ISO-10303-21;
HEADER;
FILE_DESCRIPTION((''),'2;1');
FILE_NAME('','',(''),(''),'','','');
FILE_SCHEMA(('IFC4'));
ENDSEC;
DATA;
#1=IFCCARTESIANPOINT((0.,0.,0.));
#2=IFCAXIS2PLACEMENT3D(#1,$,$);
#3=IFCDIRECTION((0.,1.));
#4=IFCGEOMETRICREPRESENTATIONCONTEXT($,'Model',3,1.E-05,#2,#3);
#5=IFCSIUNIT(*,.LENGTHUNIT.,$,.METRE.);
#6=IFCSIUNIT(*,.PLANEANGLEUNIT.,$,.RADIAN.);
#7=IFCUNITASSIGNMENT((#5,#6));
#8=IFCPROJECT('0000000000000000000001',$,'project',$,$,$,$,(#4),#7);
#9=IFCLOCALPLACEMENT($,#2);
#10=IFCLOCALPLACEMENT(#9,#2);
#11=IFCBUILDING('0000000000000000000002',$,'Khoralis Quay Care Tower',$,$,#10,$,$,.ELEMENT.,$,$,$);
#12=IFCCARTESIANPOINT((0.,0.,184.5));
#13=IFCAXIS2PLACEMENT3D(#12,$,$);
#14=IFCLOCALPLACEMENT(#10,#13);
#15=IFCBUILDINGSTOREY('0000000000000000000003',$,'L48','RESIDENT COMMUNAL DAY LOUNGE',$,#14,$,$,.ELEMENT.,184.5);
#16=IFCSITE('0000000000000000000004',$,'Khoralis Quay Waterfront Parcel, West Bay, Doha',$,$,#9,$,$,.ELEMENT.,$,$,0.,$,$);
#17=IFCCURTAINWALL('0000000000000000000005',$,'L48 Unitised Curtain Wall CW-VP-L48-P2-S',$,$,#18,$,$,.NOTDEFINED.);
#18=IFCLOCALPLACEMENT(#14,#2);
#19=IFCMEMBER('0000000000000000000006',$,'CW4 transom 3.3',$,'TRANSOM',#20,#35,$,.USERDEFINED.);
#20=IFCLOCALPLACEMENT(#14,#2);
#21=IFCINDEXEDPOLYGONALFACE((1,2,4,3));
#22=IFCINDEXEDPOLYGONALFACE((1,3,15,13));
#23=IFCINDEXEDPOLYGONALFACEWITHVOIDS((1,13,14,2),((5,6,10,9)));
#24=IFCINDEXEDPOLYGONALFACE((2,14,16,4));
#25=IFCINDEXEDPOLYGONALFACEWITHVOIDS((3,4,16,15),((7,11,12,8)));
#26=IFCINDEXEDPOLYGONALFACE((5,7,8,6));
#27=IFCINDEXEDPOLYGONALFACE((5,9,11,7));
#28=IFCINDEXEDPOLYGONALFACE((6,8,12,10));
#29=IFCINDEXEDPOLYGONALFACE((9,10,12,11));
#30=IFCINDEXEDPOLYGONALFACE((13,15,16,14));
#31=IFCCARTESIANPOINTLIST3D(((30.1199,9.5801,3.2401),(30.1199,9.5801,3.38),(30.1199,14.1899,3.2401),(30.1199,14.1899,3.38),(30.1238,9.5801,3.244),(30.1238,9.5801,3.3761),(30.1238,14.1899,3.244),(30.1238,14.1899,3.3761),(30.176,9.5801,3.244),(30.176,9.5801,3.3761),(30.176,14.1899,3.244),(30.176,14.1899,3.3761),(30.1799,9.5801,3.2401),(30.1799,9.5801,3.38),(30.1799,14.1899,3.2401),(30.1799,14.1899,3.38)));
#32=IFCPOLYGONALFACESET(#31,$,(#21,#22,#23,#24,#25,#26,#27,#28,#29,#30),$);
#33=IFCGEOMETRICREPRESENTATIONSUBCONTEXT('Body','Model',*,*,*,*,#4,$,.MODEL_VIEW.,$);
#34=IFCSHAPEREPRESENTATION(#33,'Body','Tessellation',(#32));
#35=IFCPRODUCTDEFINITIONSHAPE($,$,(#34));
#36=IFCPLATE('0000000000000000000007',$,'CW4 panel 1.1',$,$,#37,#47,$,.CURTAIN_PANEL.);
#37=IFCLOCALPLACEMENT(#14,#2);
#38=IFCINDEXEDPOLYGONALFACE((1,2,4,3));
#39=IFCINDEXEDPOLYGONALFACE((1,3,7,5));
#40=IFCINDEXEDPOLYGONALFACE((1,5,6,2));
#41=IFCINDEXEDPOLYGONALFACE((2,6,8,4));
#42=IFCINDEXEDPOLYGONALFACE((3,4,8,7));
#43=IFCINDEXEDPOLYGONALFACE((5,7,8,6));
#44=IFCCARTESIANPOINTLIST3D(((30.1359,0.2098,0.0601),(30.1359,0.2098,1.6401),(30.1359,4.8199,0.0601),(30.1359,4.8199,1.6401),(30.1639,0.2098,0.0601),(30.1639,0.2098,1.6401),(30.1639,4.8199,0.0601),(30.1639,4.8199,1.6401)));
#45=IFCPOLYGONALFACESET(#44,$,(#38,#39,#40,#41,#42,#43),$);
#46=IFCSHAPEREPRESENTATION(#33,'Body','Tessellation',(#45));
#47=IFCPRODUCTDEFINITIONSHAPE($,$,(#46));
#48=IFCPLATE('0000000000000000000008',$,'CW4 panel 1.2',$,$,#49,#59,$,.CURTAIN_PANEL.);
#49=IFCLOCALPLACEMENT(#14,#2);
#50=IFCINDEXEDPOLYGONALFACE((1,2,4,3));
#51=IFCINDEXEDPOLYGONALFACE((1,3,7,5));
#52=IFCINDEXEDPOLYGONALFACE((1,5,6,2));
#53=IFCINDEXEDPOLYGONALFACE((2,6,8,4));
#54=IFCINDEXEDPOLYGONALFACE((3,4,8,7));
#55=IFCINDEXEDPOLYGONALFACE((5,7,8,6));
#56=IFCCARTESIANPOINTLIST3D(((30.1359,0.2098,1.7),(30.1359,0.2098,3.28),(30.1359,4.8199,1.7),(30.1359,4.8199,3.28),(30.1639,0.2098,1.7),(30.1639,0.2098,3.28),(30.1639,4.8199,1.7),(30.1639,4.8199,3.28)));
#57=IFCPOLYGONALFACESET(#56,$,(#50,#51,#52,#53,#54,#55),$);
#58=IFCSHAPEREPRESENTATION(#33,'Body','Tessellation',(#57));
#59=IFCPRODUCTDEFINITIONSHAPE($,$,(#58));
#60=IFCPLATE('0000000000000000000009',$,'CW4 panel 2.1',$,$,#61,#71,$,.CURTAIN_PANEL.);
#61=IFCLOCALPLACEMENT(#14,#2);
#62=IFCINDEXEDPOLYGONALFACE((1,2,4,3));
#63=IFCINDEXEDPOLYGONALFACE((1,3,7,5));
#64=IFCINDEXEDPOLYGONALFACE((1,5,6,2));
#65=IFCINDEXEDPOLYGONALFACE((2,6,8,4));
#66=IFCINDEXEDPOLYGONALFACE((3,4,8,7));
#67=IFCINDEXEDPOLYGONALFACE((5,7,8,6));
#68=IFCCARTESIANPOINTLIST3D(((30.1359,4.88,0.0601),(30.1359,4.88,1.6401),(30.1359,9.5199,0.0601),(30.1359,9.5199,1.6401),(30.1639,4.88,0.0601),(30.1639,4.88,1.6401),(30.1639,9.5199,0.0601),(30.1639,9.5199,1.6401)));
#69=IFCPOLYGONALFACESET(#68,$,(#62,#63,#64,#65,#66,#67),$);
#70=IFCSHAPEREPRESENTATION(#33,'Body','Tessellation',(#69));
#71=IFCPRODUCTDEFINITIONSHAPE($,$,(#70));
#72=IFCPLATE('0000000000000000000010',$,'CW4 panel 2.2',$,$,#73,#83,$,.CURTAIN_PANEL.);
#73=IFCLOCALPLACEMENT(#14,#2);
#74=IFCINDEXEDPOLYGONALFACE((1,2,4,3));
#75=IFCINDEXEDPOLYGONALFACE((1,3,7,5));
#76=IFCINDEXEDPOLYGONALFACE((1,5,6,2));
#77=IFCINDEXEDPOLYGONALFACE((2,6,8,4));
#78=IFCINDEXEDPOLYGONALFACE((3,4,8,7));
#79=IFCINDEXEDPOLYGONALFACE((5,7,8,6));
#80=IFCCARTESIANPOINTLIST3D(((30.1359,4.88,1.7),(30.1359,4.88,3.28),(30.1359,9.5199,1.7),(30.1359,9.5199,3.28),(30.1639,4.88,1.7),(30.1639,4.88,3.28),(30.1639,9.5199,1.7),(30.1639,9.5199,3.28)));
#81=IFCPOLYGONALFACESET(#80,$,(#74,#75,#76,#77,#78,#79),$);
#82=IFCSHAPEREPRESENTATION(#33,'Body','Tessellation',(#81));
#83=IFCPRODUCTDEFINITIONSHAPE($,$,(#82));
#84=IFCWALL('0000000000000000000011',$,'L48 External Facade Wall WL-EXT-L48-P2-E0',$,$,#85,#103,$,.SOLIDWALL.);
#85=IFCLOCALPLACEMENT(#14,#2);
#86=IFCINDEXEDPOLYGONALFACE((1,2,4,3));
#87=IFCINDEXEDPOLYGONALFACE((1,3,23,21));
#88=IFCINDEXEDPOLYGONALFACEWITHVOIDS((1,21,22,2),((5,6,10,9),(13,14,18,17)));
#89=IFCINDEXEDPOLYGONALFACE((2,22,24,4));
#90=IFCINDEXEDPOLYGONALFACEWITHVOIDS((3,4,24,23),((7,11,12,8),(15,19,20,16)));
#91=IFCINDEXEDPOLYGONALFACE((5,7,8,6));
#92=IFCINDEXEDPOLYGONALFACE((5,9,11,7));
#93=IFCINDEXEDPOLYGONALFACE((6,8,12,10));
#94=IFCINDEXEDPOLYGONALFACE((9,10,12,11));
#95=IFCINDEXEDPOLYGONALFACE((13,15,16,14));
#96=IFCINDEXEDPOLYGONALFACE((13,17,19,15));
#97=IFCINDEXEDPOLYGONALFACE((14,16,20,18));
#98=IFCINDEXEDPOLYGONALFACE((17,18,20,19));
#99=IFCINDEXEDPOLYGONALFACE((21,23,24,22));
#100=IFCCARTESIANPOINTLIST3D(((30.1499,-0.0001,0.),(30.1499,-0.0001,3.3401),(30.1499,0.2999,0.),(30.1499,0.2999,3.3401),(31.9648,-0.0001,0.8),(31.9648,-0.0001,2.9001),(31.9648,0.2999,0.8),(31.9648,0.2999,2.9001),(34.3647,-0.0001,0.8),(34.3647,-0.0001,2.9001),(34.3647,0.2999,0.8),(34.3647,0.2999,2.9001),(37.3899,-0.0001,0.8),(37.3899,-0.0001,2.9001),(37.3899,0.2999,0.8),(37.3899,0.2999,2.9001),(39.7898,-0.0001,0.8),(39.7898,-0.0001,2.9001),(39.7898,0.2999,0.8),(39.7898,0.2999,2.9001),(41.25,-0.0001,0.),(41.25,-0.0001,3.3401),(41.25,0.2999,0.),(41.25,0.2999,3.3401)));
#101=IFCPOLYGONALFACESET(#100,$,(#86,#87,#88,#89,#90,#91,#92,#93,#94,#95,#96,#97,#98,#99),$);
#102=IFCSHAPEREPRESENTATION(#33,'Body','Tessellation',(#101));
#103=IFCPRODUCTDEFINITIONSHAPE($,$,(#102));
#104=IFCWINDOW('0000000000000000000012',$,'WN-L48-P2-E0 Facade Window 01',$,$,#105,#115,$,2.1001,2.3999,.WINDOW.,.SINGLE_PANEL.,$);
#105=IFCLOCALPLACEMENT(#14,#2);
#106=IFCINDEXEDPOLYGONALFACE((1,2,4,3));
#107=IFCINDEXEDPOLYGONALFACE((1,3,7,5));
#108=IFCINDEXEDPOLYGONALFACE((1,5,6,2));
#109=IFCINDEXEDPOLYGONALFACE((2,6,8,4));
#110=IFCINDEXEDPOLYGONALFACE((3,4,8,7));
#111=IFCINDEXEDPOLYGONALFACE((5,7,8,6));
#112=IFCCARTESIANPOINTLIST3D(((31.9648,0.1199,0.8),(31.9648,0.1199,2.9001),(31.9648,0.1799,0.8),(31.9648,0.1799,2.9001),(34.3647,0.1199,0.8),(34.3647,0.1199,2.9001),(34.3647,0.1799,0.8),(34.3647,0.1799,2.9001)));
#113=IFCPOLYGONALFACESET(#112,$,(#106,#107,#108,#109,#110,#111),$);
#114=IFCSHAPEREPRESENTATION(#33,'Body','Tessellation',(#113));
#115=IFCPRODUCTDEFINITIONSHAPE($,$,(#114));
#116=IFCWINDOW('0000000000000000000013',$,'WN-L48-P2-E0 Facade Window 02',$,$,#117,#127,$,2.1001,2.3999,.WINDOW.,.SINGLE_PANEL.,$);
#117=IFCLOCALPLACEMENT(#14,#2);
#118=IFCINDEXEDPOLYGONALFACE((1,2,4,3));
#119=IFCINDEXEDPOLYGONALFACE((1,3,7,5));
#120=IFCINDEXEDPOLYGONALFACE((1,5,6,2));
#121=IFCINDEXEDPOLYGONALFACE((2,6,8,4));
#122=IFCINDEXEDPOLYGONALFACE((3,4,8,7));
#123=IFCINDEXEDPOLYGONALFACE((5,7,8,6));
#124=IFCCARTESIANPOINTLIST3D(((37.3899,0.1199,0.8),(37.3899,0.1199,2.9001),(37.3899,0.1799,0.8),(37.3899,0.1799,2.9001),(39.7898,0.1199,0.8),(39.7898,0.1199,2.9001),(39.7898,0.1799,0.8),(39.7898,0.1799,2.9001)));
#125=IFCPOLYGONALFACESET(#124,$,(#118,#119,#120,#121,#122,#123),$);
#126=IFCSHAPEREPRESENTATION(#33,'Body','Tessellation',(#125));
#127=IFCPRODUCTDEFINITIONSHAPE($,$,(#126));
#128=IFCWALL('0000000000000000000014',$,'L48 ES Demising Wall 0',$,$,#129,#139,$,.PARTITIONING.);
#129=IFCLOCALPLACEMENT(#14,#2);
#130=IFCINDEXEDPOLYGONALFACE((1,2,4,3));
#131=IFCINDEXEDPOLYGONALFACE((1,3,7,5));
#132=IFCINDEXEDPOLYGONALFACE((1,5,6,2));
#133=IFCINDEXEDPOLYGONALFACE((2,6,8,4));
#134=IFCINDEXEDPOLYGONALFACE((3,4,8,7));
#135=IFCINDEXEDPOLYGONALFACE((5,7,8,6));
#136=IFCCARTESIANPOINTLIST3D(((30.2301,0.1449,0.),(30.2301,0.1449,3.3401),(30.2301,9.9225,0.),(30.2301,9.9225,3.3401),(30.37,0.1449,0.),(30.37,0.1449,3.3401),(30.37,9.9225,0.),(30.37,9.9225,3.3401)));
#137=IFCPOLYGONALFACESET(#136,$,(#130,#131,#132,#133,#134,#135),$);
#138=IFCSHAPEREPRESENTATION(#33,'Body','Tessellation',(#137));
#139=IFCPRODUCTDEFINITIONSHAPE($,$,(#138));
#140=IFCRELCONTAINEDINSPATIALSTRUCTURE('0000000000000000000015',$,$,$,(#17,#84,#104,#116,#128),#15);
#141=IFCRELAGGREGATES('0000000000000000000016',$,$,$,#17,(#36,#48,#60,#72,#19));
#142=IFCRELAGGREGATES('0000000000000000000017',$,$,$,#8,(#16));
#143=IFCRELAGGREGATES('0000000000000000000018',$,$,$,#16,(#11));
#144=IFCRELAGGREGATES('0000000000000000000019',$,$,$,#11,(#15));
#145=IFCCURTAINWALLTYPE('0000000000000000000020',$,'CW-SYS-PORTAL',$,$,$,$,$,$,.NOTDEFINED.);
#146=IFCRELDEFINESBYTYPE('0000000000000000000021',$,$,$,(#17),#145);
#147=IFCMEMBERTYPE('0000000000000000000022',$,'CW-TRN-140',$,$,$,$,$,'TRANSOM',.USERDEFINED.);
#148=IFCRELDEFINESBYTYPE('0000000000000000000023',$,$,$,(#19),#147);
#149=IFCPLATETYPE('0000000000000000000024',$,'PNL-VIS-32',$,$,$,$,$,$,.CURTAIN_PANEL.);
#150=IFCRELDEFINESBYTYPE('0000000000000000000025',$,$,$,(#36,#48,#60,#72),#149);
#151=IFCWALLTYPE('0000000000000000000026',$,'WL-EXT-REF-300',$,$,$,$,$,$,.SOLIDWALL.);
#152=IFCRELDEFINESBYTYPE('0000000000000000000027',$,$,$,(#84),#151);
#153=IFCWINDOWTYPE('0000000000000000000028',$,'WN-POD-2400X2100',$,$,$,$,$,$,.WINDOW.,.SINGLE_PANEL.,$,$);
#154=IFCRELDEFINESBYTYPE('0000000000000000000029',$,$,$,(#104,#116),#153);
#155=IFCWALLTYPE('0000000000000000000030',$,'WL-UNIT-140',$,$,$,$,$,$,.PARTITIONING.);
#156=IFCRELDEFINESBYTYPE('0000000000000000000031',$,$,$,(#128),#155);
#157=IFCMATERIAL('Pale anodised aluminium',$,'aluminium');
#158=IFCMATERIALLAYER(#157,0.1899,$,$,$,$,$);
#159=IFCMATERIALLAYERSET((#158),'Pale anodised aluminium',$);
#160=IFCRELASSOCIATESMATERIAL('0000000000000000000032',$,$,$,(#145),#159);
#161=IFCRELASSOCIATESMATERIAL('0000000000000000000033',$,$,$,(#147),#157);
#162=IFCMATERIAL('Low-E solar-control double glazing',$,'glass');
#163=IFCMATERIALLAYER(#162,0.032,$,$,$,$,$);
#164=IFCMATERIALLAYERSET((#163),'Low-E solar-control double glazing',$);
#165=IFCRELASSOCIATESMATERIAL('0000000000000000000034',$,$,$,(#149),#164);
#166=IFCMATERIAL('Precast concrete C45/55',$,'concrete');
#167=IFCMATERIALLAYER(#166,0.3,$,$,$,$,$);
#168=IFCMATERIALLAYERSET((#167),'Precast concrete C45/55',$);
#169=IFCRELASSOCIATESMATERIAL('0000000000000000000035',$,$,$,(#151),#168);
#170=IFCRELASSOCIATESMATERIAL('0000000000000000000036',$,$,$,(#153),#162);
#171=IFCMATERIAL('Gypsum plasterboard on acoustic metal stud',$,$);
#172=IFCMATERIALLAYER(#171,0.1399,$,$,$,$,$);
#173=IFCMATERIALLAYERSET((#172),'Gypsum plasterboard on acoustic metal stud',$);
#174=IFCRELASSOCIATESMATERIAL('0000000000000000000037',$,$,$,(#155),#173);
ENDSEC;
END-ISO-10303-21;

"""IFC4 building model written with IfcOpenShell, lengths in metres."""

from ifc_helpers import new_model, si_unit, direction, frame, frame_2d, origin, origin_2d, place, context, subcontext, project, spatial, rectangle, hollow_rectangle, extrude, source, transform, mapped, material, layer, layer_set, material_profile, profile_set, type_object, element, fill, aggregate, save


model = new_model("IFC4")

# Units and contexts
model_context = context("Model", 3, precision=1e-05, world=origin(), true_north=direction((0.0, 1.0)))
body_context = subcontext(model_context, "Body", "Model", "MODEL_VIEW")
ifc_project = project(units=[si_unit("LENGTHUNIT", "METRE"), si_unit("PLANEANGLEUNIT", "RADIAN")], contexts=[model_context])

# Site, building, storey
site_placement = place(None, origin())
site = spatial("IfcSite", under=ifc_project, at=site_placement, Name="Khoralis Quay Waterfront Parcel, West Bay, Doha", CompositionType="ELEMENT", RefElevation=0.0)
building_placement = place(site_placement, origin())
building = spatial("IfcBuilding", under=site, at=building_placement, Name="Khoralis Quay Care Tower", CompositionType="ELEMENT")
storey_placement = place(building_placement, frame((0.0, 0.0, 184.5)))
storey = spatial("IfcBuildingStorey", under=building, at=storey_placement, Name="L48", Description="RESIDENT COMMUNAL DAY LOUNGE", CompositionType="ELEMENT", Elevation=184.5)

# Curtain wall, member, plates
ifc_material_1 = material(Name="Pale anodised aluminium", Category="aluminium")
ifc_layer_1 = layer(ifc_material_1, 0.1899)
ifc_layer_set_1 = layer_set([ifc_layer_1], Name="Pale anodised aluminium")
curtain_wall_type = type_object("IfcCurtainWallType", Name="CW-SYS-PORTAL", PredefinedType="NOTDEFINED", material=ifc_layer_set_1)
curtain_wall_placement = place(storey_placement, origin())
curtain_wall = element("IfcCurtainWall", 1, at=curtain_wall_placement, inside=storey, type_object=curtain_wall_type, Name="L48 Unitised Curtain Wall CW-VP-L48-P2-S", PredefinedType="NOTDEFINED")
ifc_material_profile_1 = material_profile(ifc_material_1, hollow_rectangle(XDim=0.0601, YDim=0.1399, WallThickness=0.0039, at=origin_2d()), Name="Pale anodised aluminium")
ifc_profile_set_1 = profile_set([ifc_material_profile_1], Name="Pale anodised aluminium")
member_type_1 = type_object("IfcMemberType", Name="CW-TRN-140", ElementType="TRANSOM", PredefinedType="USERDEFINED", material=ifc_profile_set_1)
shared_shape_1 = source(origin(), body_context, "Body", "SweptSolid", [
    extrude(hollow_rectangle(XDim=0.0601, YDim=0.1399, WallThickness=0.0039, at=origin_2d()), origin(), (0.0, 0.0, 1.0), 4.6099),
])
member_1_placement = place(storey_placement, frame((30.1499, 9.5801, 3.3101), z_axis=(0.0, 1.0, 0.0), x_axis=(-1.0, 0.0, 0.0)))
member_1 = element("IfcMember", 2, at=member_1_placement, type_object=member_type_1, Name="CW4 transom 3.3", ObjectType="TRANSOM", PredefinedType="USERDEFINED", context=body_context, shape_type="MappedRepresentation", body=[
    mapped(shared_shape_1, transform((0.0, 0.0, 0.0), scale=1.0)),
])
ifc_material_2 = material(Name="Low-E solar-control double glazing", Category="glass")
ifc_layer_2 = layer(ifc_material_2, 0.032)
ifc_layer_set_2 = layer_set([ifc_layer_2], Name="Low-E solar-control double glazing")
plate_type = type_object("IfcPlateType", Name="PNL-VIS-32", PredefinedType="CURTAIN_PANEL", material=ifc_layer_set_2)
shared_shape_2 = source(origin(), body_context, "Body", "SweptSolid", [
    extrude(rectangle(XDim=4.6101, YDim=0.0281, at=origin_2d()), origin(), (0.0, 0.0, 1.0), 1.5801),
])
plate_1_placement = place(storey_placement, frame((30.1499, 2.5149, 0.0601), z_axis=(0.0, 0.0, 1.0), x_axis=(0.0, 1.0, 0.0)))
plate_1 = element("IfcPlate", 3, at=plate_1_placement, type_object=plate_type, Name="CW4 panel 1.1", PredefinedType="CURTAIN_PANEL", context=body_context, shape_type="MappedRepresentation", body=[
    mapped(shared_shape_2, transform((0.0, 0.0, 0.0), scale=1.0)),
])
plate_2_placement = place(storey_placement, frame((30.1499, 2.5149, 1.7), z_axis=(0.0, 0.0, 1.0), x_axis=(0.0, 1.0, 0.0)))
plate_2 = element("IfcPlate", 4, at=plate_2_placement, type_object=plate_type, Name="CW4 panel 1.2", PredefinedType="CURTAIN_PANEL", context=body_context, shape_type="MappedRepresentation", body=[
    mapped(shared_shape_2, transform((0.0, 0.0, 0.0), scale=1.0)),
])
shared_shape_3 = source(origin(), body_context, "Body", "SweptSolid", [
    extrude(rectangle(XDim=4.6399, YDim=0.0281, at=origin_2d()), origin(), (0.0, 0.0, 1.0), 1.5801),
])
plate_3_placement = place(storey_placement, frame((30.1499, 7.2, 0.0601), z_axis=(0.0, 0.0, 1.0), x_axis=(0.0, 1.0, 0.0)))
plate_3 = element("IfcPlate", 5, at=plate_3_placement, type_object=plate_type, Name="CW4 panel 2.1", PredefinedType="CURTAIN_PANEL", context=body_context, shape_type="MappedRepresentation", body=[
    mapped(shared_shape_3, transform((0.0, 0.0, 0.0), scale=1.0)),
])
plate_4_placement = place(storey_placement, frame((30.1499, 7.2, 1.7), z_axis=(0.0, 0.0, 1.0), x_axis=(0.0, 1.0, 0.0)))
plate_4 = element("IfcPlate", 6, at=plate_4_placement, type_object=plate_type, Name="CW4 panel 2.2", PredefinedType="CURTAIN_PANEL", context=body_context, shape_type="MappedRepresentation", body=[
    mapped(shared_shape_3, transform((0.0, 0.0, 0.0), scale=1.0)),
])
aggregate(curtain_wall, [plate_1, plate_2, plate_3, plate_4, member_1])

# Wall, openings, windows
ifc_material_3 = material(Name="Precast concrete C45/55", Category="concrete")
ifc_layer_3 = layer(ifc_material_3, 0.3)
ifc_layer_set_3 = layer_set([ifc_layer_3], Name="Precast concrete C45/55")
wall_type_1 = type_object("IfcWallType", Name="WL-EXT-REF-300", PredefinedType="SOLIDWALL", material=ifc_layer_set_3)
wall_1_placement = place(storey_placement, frame((30.1499, 0.1499, 0.0), z_axis=(0.0, 0.0, 1.0), x_axis=(1.0, 0.0, 0.0)))
wall_1 = element("IfcWall", 7, at=wall_1_placement, inside=storey, type_object=wall_type_1, Name="L48 External Facade Wall WL-EXT-L48-P2-E0", PredefinedType="SOLIDWALL", context=body_context, shape_type="SweptSolid", body=[
    extrude(rectangle(XDim=11.1001, YDim=0.3, at=frame_2d((5.55, 0.0))), origin(), (0.0, 0.0, 1.0), 3.3401),
])
opening_1_placement = place(wall_1_placement, frame((1.8149, 0.0, 0.8)))
opening_1 = element("IfcOpeningElement", 8, at=opening_1_placement, cuts=wall_1, PredefinedType="OPENING", context=body_context, shape_type="SweptSolid", body=[
    extrude(rectangle(XDim=2.3999, YDim=2.1001, at=frame_2d((1.2, 1.05))), frame((0.0, 0.1602, 0.0), z_axis=(0.0, -1.0, 0.0), x_axis=(1.0, 0.0, 0.0)), (0.0, 0.0, 1.0), 0.3201),
])
opening_2_placement = place(wall_1_placement, frame((7.24, 0.0, 0.8)))
opening_2 = element("IfcOpeningElement", 9, at=opening_2_placement, cuts=wall_1, PredefinedType="OPENING", context=body_context, shape_type="SweptSolid", body=[
    extrude(rectangle(XDim=2.3999, YDim=2.1001, at=frame_2d((1.2, 1.05))), frame((0.0, 0.1602, 0.0), z_axis=(0.0, -1.0, 0.0), x_axis=(1.0, 0.0, 0.0)), (0.0, 0.0, 1.0), 0.3201),
])
window_type = type_object("IfcWindowType", Name="WN-POD-2400X2100", PartitioningType="SINGLE_PANEL", PredefinedType="WINDOW", material=ifc_material_2)
shared_shape_4 = source(origin(), body_context, "Body", "SweptSolid", [
    extrude(rectangle(XDim=2.3999, YDim=2.1001, at=frame_2d((1.2, 1.05))), frame((0.0, 0.03, 0.0), z_axis=(0.0, -1.0, 0.0), x_axis=(1.0, 0.0, 0.0)), (0.0, 0.0, 1.0), 0.0601),
])
window_1_placement = place(opening_1_placement, origin())
window_1 = element("IfcWindow", 10, at=window_1_placement, inside=storey, type_object=window_type, Name="WN-L48-P2-E0 Facade Window 01", OverallHeight=2.1001, OverallWidth=2.3999, PartitioningType="SINGLE_PANEL", PredefinedType="WINDOW", context=body_context, shape_type="MappedRepresentation", body=[
    mapped(shared_shape_4, transform((0.0, 0.0, 0.0), scale=1.0)),
])
fill(opening_1, window_1)
window_2_placement = place(opening_2_placement, origin())
window_2 = element("IfcWindow", 11, at=window_2_placement, inside=storey, type_object=window_type, Name="WN-L48-P2-E0 Facade Window 02", OverallHeight=2.1001, OverallWidth=2.3999, PartitioningType="SINGLE_PANEL", PredefinedType="WINDOW", context=body_context, shape_type="MappedRepresentation", body=[
    mapped(shared_shape_4, transform((0.0, 0.0, 0.0), scale=1.0)),
])
fill(opening_2, window_2)

# Wall
ifc_material_4 = material(Name="Gypsum plasterboard on acoustic metal stud")
ifc_layer_4 = layer(ifc_material_4, 0.1399)
ifc_layer_set_4 = layer_set([ifc_layer_4], Name="Gypsum plasterboard on acoustic metal stud")
wall_type_2 = type_object("IfcWallType", Name="WL-UNIT-140", PredefinedType="PARTITIONING", material=ifc_layer_set_4)
wall_2_placement = place(storey_placement, frame((30.3, 0.145, 0.0), z_axis=(0.0, 0.0, 1.0), x_axis=(0.0, 1.0, 0.0)))
element("IfcWall", 12, at=wall_2_placement, inside=storey, type_object=wall_type_2, Name="L48 ES Demising Wall 0", PredefinedType="PARTITIONING", context=body_context, shape_type="SweptSolid", body=[
    extrude(rectangle(XDim=9.7776, YDim=0.1399, at=frame_2d((4.8887, 0.0))), origin(), (0.0, 0.0, 1.0), 3.3401),
])

save(model, "model.ifc")
